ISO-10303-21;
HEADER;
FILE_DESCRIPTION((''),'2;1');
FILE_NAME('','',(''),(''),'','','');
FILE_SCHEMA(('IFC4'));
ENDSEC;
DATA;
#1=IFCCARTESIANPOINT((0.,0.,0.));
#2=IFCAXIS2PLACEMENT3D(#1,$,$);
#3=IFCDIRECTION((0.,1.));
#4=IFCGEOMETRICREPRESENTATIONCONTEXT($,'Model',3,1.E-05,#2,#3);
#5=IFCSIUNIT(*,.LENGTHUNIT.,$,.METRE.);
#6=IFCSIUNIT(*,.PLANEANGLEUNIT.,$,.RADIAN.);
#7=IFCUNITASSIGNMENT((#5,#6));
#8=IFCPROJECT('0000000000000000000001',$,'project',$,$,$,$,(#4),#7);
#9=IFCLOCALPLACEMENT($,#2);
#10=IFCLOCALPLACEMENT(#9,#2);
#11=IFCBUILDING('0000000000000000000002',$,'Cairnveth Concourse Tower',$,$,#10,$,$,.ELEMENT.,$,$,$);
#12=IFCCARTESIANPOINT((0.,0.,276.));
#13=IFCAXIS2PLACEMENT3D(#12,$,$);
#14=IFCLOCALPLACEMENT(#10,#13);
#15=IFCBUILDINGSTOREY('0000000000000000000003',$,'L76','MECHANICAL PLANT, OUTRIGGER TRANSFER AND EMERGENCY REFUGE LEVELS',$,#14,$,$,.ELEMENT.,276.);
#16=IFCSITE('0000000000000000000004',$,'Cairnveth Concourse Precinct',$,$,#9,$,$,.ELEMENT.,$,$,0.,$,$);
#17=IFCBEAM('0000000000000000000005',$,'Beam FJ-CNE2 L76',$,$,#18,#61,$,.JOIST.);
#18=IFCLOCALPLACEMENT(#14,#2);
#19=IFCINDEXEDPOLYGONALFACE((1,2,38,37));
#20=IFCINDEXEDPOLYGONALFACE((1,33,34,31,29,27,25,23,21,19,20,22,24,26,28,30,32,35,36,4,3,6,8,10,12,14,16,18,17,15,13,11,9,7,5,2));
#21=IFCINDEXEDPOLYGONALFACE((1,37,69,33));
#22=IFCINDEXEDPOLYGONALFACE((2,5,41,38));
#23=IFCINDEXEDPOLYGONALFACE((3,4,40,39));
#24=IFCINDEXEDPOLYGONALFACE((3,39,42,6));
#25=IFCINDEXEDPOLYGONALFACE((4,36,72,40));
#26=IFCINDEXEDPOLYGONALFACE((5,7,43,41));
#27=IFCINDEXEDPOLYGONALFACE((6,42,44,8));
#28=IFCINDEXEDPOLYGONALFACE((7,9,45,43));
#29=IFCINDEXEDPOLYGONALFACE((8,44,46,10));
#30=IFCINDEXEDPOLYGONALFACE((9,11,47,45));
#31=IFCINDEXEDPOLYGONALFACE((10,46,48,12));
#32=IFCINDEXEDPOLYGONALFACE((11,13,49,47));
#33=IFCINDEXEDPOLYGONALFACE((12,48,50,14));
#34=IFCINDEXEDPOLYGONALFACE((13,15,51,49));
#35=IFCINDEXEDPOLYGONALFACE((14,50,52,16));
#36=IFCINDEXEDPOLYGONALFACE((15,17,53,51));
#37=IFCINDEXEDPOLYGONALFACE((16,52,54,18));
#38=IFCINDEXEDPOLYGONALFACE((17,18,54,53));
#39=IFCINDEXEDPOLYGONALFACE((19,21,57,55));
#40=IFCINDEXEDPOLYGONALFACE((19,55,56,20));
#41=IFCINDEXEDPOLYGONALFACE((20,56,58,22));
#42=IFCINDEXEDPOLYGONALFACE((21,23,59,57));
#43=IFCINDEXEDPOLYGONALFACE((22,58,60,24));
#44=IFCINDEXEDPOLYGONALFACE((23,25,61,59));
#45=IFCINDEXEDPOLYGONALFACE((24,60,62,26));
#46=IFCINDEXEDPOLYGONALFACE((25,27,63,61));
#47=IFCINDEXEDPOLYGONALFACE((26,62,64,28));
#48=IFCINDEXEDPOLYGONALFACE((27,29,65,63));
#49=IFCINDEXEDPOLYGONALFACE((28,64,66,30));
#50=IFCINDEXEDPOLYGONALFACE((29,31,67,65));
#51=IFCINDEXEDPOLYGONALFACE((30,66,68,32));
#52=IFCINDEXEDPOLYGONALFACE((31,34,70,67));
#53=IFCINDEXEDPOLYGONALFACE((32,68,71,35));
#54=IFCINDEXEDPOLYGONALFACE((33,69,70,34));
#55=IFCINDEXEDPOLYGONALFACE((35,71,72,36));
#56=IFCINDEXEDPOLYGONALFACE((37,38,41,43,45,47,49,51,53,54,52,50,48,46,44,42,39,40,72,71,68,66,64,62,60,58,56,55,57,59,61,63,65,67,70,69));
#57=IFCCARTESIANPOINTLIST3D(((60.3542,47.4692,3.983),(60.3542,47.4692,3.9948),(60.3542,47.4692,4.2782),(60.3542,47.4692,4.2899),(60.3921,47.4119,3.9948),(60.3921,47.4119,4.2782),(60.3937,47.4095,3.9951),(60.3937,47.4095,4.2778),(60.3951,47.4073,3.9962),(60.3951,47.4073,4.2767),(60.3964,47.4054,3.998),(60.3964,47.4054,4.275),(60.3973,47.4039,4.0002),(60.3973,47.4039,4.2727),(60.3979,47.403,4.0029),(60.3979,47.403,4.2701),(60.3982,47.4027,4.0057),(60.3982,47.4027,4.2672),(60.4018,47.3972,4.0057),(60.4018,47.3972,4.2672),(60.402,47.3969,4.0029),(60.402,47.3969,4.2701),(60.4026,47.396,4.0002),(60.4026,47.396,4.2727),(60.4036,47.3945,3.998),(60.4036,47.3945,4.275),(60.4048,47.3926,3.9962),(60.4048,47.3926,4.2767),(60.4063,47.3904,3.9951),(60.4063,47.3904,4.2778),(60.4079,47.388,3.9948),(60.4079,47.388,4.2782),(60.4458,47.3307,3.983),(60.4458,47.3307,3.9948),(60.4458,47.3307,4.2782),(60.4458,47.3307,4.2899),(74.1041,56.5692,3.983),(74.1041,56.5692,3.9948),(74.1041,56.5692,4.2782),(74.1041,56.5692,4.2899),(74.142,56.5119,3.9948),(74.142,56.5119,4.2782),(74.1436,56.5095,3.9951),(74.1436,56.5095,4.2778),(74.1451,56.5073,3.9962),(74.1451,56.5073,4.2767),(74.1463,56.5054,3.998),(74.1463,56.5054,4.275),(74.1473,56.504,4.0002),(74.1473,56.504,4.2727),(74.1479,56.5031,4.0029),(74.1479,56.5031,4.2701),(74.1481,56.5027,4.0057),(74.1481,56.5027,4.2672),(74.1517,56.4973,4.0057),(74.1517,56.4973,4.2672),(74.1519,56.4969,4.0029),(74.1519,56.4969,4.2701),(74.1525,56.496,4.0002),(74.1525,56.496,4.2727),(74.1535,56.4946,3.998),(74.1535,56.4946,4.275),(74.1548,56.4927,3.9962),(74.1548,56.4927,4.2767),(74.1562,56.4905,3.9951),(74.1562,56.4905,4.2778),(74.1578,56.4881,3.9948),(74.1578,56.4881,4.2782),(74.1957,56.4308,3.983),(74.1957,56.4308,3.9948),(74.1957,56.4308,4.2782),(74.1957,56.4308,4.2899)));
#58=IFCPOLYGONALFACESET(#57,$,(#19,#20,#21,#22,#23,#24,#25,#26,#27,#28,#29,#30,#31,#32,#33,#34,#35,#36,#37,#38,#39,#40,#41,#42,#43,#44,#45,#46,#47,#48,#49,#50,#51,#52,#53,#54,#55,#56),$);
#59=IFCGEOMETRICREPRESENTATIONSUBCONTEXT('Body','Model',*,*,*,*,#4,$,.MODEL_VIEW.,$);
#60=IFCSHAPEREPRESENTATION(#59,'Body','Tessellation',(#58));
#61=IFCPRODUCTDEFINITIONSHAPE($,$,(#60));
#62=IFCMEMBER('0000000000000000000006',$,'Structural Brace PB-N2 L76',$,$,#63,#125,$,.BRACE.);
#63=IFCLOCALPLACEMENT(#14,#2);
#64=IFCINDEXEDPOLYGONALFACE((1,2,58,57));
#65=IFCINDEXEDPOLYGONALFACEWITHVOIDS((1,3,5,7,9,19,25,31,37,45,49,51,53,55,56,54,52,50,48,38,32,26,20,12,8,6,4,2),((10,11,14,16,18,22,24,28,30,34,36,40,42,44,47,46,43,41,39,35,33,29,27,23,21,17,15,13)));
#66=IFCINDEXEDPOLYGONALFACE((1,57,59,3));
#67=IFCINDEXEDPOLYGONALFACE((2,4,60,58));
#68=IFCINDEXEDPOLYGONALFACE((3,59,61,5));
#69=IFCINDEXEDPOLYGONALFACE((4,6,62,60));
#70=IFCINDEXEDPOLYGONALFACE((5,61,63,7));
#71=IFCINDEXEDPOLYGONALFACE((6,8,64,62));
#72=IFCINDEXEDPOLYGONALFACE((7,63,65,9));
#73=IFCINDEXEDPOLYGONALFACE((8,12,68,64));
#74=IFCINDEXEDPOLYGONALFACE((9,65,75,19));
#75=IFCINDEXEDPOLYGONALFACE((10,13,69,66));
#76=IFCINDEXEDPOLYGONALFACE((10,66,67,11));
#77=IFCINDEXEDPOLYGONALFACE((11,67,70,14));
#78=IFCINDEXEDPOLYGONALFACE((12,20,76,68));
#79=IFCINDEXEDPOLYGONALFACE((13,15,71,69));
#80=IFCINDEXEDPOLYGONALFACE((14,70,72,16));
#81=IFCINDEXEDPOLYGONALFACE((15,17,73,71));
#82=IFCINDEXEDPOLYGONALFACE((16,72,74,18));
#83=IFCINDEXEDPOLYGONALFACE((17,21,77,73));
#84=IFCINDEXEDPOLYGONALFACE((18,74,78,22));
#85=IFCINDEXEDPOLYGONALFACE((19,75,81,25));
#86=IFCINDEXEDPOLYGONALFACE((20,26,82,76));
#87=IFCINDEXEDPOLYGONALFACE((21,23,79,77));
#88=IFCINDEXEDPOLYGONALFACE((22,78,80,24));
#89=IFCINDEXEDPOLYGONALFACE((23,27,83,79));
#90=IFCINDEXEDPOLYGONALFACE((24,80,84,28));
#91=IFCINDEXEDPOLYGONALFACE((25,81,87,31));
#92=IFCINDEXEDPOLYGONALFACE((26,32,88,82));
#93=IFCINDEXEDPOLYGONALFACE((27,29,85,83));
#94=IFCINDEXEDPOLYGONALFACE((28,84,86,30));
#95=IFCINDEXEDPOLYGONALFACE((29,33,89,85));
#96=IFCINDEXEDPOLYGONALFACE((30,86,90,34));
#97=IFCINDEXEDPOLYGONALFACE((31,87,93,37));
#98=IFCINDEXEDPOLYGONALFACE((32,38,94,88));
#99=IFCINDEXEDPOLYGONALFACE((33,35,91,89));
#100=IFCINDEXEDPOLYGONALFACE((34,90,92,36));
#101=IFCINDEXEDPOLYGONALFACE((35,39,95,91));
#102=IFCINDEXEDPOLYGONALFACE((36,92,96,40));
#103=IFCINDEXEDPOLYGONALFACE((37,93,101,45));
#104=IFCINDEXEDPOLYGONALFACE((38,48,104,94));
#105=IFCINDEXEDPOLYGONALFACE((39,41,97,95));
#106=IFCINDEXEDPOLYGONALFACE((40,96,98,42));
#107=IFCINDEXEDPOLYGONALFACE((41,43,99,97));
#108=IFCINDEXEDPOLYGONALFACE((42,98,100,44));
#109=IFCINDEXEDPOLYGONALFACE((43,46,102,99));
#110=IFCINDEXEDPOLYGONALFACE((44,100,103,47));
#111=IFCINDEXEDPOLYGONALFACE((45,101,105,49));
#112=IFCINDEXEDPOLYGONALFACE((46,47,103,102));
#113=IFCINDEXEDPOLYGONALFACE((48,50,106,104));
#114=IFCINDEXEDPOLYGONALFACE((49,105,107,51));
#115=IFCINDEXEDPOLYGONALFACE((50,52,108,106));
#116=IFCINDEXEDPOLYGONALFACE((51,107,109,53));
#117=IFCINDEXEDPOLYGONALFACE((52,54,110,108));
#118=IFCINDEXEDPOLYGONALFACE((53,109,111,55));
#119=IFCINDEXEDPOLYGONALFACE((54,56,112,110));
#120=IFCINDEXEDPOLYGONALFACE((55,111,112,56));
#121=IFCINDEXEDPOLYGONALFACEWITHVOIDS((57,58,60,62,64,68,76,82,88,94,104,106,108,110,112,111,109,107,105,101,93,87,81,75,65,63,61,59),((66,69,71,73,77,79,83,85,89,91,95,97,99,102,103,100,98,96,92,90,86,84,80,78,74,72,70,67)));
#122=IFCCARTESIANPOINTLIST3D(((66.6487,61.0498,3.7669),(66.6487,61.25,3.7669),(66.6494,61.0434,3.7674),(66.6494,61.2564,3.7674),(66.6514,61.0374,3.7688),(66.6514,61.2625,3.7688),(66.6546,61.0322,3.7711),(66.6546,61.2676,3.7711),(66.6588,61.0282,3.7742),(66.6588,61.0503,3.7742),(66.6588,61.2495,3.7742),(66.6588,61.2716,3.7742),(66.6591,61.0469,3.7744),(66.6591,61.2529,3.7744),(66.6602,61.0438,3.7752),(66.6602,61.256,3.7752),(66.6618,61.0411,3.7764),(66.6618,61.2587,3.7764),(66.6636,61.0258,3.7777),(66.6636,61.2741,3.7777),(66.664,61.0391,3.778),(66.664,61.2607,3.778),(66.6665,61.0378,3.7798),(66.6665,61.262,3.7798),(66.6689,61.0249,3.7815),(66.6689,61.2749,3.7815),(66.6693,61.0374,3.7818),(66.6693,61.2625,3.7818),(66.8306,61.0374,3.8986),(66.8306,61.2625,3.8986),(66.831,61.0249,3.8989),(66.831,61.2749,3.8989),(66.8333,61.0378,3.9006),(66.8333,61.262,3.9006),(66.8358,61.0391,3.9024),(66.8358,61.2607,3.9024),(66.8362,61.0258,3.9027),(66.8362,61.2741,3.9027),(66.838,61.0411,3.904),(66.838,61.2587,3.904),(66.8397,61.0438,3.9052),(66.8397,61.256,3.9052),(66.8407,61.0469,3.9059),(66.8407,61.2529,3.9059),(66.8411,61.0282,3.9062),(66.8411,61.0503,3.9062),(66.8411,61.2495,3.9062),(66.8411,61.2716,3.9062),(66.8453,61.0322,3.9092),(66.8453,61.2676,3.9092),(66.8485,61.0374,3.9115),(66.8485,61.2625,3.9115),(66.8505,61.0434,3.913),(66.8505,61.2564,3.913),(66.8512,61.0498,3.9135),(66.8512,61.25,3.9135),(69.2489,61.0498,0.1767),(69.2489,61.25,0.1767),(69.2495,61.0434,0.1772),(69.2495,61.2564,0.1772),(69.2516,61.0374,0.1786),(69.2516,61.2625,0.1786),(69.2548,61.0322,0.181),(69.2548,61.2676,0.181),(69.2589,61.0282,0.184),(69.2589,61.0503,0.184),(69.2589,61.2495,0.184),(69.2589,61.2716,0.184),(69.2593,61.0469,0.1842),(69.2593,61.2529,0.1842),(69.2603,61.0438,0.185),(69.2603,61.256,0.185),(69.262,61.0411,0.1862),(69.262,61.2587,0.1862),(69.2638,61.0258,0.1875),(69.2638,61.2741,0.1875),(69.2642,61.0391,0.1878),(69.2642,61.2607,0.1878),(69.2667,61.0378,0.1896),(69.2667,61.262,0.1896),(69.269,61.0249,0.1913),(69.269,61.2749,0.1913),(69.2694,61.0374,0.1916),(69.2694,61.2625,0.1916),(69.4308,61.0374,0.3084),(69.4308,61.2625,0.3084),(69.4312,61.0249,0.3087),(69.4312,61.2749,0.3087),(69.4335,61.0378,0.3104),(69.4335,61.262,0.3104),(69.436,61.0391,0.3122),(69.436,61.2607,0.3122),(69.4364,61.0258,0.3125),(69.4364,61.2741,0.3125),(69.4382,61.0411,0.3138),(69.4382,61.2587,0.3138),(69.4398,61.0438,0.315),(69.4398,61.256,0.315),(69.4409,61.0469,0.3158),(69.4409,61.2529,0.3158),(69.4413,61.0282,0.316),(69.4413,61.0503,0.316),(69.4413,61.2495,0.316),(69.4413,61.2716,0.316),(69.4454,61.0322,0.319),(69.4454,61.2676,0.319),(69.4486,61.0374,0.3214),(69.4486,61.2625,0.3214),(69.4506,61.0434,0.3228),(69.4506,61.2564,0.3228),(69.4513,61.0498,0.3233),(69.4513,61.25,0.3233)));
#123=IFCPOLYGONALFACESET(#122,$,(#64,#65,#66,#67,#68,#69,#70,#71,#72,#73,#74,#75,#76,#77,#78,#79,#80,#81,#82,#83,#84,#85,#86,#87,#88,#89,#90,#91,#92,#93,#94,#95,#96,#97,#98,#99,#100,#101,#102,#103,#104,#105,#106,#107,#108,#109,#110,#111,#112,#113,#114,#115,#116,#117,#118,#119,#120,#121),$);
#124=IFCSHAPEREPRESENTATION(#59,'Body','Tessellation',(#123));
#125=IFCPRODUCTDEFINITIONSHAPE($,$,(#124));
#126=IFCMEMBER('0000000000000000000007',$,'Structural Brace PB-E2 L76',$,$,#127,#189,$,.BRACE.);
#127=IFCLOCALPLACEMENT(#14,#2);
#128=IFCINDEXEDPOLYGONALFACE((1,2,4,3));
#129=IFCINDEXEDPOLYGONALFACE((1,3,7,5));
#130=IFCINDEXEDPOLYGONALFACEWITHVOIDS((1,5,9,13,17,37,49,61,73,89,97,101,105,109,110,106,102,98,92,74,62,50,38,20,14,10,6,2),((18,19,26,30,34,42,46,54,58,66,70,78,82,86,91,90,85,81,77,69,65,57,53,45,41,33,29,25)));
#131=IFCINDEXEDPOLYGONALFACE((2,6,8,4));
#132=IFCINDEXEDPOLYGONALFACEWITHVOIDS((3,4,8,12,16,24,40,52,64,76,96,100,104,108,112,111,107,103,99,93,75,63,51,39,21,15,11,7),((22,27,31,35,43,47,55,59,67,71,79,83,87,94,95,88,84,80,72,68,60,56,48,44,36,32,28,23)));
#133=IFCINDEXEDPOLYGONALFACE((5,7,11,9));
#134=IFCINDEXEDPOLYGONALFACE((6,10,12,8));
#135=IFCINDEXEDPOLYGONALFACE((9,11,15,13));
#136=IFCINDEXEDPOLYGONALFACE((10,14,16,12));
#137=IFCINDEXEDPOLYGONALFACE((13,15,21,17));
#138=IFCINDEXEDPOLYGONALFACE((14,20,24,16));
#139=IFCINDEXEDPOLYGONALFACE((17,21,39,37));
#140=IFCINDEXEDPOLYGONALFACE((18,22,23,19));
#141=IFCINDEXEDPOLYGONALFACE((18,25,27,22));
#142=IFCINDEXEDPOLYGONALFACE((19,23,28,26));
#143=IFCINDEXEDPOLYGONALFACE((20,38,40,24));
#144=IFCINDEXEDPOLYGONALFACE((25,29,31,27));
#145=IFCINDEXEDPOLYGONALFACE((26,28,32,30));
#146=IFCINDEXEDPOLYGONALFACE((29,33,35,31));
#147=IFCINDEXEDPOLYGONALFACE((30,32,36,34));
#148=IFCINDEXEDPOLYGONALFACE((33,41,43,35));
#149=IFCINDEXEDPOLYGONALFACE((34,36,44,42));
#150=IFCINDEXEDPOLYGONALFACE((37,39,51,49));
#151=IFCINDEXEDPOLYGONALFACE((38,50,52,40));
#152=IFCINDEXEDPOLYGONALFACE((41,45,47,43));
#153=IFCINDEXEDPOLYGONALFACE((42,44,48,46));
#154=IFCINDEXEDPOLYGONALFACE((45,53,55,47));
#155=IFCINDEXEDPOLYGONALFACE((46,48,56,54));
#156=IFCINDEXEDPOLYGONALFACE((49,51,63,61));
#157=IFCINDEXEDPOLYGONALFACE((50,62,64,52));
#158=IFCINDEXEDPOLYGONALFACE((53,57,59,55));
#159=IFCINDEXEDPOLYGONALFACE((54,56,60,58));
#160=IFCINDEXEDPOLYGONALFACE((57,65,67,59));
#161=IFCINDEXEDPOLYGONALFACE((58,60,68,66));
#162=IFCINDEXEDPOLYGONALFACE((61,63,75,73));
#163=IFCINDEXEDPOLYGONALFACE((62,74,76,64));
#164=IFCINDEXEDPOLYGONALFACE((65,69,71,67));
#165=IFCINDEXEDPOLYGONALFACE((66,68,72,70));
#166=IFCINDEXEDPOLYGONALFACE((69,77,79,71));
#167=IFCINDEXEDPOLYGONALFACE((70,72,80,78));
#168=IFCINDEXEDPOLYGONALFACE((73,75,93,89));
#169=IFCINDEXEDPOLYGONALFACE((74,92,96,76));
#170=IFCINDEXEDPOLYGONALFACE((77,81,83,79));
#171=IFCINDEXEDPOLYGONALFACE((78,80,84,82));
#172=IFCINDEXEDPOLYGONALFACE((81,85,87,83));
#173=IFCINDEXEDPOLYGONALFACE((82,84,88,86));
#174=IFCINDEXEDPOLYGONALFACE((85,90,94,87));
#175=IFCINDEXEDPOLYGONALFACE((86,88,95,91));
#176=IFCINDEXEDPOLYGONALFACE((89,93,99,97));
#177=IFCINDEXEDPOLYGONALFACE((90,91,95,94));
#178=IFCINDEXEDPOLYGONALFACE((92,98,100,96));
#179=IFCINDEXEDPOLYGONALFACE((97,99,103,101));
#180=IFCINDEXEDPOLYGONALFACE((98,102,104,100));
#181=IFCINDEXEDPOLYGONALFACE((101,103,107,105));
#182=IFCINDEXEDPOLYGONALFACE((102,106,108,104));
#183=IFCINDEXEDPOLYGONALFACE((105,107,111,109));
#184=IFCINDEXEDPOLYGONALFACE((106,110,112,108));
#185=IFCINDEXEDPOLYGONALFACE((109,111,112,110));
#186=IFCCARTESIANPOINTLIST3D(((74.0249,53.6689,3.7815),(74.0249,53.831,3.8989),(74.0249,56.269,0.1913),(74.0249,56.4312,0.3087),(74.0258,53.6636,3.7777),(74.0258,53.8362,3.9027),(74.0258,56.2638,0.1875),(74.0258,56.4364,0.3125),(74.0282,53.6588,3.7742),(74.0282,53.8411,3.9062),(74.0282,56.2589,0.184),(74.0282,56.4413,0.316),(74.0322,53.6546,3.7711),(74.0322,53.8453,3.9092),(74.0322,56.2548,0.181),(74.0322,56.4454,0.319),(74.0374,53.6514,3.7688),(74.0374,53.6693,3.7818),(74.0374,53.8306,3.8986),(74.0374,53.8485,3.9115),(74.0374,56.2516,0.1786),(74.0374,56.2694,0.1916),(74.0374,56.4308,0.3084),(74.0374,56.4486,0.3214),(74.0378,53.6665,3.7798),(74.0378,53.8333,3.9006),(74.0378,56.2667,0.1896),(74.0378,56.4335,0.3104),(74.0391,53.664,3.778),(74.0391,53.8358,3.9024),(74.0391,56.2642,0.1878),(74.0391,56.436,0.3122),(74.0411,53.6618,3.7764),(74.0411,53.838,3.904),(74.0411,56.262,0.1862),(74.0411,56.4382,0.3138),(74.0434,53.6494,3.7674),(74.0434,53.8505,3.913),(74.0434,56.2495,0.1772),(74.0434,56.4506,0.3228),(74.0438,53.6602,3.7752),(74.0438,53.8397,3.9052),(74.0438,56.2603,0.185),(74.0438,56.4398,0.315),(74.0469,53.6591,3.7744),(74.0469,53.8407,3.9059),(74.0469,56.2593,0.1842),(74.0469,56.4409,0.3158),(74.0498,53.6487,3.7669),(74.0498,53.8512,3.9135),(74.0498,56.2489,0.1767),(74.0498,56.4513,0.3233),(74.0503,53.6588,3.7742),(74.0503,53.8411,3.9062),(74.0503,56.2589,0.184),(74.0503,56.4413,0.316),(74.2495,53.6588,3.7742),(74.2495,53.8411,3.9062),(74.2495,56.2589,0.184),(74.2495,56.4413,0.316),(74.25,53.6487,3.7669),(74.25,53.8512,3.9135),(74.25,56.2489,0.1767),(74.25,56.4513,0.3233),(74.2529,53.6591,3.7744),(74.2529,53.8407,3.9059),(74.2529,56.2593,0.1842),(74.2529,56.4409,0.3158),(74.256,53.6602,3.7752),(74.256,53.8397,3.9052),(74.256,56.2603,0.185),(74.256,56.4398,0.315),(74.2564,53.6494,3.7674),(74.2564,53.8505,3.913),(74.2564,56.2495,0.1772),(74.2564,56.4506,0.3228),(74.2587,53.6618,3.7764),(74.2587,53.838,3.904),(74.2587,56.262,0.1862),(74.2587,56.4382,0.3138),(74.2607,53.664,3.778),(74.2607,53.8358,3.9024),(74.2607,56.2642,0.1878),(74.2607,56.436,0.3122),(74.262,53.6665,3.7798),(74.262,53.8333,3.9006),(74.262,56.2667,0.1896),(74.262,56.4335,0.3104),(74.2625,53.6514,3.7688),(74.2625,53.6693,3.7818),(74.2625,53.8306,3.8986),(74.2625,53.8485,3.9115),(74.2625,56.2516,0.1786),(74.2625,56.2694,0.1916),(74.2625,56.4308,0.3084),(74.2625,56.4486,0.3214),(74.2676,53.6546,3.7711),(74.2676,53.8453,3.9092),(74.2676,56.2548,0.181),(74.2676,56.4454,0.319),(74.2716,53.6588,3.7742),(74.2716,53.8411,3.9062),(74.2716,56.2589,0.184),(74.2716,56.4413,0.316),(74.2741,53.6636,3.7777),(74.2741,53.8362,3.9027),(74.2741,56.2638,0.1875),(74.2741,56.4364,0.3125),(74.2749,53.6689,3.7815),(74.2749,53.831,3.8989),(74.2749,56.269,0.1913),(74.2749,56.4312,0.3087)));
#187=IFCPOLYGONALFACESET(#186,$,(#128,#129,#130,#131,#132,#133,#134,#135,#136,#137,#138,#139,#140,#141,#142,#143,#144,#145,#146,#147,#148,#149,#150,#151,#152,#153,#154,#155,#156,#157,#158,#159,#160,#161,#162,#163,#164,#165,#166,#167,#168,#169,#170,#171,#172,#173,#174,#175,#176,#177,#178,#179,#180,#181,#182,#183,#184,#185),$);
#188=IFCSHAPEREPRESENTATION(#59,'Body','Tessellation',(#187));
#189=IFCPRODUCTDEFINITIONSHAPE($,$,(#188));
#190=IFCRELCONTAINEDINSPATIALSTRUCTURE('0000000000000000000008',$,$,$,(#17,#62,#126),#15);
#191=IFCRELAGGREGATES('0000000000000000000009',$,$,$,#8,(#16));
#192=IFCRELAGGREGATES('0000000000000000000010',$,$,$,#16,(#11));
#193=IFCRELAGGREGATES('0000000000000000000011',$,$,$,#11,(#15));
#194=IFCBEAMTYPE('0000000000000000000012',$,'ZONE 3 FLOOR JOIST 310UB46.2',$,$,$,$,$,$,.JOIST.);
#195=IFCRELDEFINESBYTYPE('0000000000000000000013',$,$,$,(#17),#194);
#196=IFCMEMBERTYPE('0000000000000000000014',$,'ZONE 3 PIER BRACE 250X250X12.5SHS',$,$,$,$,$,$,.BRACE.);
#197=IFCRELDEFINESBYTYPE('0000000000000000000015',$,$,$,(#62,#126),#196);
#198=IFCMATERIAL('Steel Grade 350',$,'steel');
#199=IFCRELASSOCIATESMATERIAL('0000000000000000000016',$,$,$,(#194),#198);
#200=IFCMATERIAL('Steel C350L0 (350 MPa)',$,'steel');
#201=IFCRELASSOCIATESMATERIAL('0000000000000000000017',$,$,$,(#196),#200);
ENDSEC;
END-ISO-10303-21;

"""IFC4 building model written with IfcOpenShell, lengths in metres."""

from ifc_helpers import new_model, si_unit, direction, frame, origin, origin_2d, place, context, subcontext, project, spatial, hollow_rectangle, i_section, extrude, material, material_profile, profile_set, type_object, element, save


model = new_model("IFC4")

# Units and contexts
model_context = context("Model", 3, precision=1e-05, world=origin(), true_north=direction((0.0, 1.0)))
body_context = subcontext(model_context, "Body", "Model", "MODEL_VIEW")
ifc_project = project(units=[si_unit("LENGTHUNIT", "METRE"), si_unit("PLANEANGLEUNIT", "RADIAN")], contexts=[model_context])

# Site, building, storey
site_placement = place(None, origin())
site = spatial("IfcSite", under=ifc_project, at=site_placement, Name="Cairnveth Concourse Precinct", CompositionType="ELEMENT", RefElevation=0.0)
building_placement = place(site_placement, origin())
building = spatial("IfcBuilding", under=site, at=building_placement, Name="Cairnveth Concourse Tower", CompositionType="ELEMENT")
storey_placement = place(building_placement, frame((0.0, 0.0, 276.0)))
storey = spatial("IfcBuildingStorey", under=building, at=storey_placement, Name="L76", Description="MECHANICAL PLANT, OUTRIGGER TRANSFER AND EMERGENCY REFUGE LEVELS", CompositionType="ELEMENT", Elevation=276.0)

# Shared definitions
ifc_material_1 = material(Name="Steel Grade 350", Category="steel")

# Shared definitions
ifc_material_2 = material(Name="Steel C350L0 (350 MPa)", Category="steel")

# Beam
ifc_material_profile_1 = material_profile(ifc_material_1, i_section(OverallWidth=0.166, OverallDepth=0.3069, WebThickness=0.0066, FlangeThickness=0.0117, FilletRadius=0.011, at=origin_2d()), Name="310UB46.2")
ifc_profile_set_1 = profile_set([ifc_material_profile_1], Name="Steel Grade 350")
beam_type_1 = type_object("IfcBeamType", Name="ZONE 3 FLOOR JOIST 310UB46.2", PredefinedType="JOIST", material=ifc_profile_set_1)
beam_1_placement = place(storey_placement, frame((74.1499, 56.5, 4.1365), z_axis=(-0.833909, -0.551902, 0.0), x_axis=(0.551902, -0.833909, 0.0)))
element("IfcBeam", 1, at=beam_1_placement, inside=storey, type_object=beam_type_1, Name="Beam FJ-CNE2 L76", PredefinedType="JOIST", context=body_context, shape_type="SweptSolid", body=[
    extrude(i_section(OverallWidth=0.166, OverallDepth=0.3069, WebThickness=0.0066, FlangeThickness=0.0117, FilletRadius=0.011, at=origin_2d()), origin(), (0.0, 0.0, 1.0), 16.4885),
])

# Members
ifc_material_profile_2 = material_profile(ifc_material_2, hollow_rectangle(XDim=0.25, YDim=0.25, WallThickness=0.0125, InnerFilletRadius=0.0129, OuterFilletRadius=0.0249, at=origin_2d()), Name="250x250x12.5SHS")
ifc_profile_set_2 = profile_set([ifc_material_profile_2], Name="Steel C350L0 (350 MPa)")
member_type_1 = type_object("IfcMemberType", Name="ZONE 3 PIER BRACE 250X250X12.5SHS", PredefinedType="BRACE", material=ifc_profile_set_2)
for number, where, z_axis, x_axis, name in (
    (2, (69.3501, 61.1499, 0.25), (-0.586566, 0.0, 0.809902), (0.0, -1.0, 0.0), "Structural Brace PB-N2 L76"),
    (3, (74.1499, 56.3501, 0.25), (0.0, -0.586566, 0.809902), (1.0, 0.0, 0.0), "Structural Brace PB-E2 L76"),
):
    element("IfcMember", number, at=place(storey_placement, frame(where, z_axis=z_axis, x_axis=x_axis)), inside=storey, type_object=member_type_1, Name=name, PredefinedType="BRACE", context=body_context, shape_type="SweptSolid", body=[
        extrude(hollow_rectangle(XDim=0.25, YDim=0.25, WallThickness=0.0125, InnerFilletRadius=0.0129, OuterFilletRadius=0.0249, at=origin_2d()), origin(), (0.0, 0.0, 1.0), 4.4329),
    ])

save(model, "model.ifc")
